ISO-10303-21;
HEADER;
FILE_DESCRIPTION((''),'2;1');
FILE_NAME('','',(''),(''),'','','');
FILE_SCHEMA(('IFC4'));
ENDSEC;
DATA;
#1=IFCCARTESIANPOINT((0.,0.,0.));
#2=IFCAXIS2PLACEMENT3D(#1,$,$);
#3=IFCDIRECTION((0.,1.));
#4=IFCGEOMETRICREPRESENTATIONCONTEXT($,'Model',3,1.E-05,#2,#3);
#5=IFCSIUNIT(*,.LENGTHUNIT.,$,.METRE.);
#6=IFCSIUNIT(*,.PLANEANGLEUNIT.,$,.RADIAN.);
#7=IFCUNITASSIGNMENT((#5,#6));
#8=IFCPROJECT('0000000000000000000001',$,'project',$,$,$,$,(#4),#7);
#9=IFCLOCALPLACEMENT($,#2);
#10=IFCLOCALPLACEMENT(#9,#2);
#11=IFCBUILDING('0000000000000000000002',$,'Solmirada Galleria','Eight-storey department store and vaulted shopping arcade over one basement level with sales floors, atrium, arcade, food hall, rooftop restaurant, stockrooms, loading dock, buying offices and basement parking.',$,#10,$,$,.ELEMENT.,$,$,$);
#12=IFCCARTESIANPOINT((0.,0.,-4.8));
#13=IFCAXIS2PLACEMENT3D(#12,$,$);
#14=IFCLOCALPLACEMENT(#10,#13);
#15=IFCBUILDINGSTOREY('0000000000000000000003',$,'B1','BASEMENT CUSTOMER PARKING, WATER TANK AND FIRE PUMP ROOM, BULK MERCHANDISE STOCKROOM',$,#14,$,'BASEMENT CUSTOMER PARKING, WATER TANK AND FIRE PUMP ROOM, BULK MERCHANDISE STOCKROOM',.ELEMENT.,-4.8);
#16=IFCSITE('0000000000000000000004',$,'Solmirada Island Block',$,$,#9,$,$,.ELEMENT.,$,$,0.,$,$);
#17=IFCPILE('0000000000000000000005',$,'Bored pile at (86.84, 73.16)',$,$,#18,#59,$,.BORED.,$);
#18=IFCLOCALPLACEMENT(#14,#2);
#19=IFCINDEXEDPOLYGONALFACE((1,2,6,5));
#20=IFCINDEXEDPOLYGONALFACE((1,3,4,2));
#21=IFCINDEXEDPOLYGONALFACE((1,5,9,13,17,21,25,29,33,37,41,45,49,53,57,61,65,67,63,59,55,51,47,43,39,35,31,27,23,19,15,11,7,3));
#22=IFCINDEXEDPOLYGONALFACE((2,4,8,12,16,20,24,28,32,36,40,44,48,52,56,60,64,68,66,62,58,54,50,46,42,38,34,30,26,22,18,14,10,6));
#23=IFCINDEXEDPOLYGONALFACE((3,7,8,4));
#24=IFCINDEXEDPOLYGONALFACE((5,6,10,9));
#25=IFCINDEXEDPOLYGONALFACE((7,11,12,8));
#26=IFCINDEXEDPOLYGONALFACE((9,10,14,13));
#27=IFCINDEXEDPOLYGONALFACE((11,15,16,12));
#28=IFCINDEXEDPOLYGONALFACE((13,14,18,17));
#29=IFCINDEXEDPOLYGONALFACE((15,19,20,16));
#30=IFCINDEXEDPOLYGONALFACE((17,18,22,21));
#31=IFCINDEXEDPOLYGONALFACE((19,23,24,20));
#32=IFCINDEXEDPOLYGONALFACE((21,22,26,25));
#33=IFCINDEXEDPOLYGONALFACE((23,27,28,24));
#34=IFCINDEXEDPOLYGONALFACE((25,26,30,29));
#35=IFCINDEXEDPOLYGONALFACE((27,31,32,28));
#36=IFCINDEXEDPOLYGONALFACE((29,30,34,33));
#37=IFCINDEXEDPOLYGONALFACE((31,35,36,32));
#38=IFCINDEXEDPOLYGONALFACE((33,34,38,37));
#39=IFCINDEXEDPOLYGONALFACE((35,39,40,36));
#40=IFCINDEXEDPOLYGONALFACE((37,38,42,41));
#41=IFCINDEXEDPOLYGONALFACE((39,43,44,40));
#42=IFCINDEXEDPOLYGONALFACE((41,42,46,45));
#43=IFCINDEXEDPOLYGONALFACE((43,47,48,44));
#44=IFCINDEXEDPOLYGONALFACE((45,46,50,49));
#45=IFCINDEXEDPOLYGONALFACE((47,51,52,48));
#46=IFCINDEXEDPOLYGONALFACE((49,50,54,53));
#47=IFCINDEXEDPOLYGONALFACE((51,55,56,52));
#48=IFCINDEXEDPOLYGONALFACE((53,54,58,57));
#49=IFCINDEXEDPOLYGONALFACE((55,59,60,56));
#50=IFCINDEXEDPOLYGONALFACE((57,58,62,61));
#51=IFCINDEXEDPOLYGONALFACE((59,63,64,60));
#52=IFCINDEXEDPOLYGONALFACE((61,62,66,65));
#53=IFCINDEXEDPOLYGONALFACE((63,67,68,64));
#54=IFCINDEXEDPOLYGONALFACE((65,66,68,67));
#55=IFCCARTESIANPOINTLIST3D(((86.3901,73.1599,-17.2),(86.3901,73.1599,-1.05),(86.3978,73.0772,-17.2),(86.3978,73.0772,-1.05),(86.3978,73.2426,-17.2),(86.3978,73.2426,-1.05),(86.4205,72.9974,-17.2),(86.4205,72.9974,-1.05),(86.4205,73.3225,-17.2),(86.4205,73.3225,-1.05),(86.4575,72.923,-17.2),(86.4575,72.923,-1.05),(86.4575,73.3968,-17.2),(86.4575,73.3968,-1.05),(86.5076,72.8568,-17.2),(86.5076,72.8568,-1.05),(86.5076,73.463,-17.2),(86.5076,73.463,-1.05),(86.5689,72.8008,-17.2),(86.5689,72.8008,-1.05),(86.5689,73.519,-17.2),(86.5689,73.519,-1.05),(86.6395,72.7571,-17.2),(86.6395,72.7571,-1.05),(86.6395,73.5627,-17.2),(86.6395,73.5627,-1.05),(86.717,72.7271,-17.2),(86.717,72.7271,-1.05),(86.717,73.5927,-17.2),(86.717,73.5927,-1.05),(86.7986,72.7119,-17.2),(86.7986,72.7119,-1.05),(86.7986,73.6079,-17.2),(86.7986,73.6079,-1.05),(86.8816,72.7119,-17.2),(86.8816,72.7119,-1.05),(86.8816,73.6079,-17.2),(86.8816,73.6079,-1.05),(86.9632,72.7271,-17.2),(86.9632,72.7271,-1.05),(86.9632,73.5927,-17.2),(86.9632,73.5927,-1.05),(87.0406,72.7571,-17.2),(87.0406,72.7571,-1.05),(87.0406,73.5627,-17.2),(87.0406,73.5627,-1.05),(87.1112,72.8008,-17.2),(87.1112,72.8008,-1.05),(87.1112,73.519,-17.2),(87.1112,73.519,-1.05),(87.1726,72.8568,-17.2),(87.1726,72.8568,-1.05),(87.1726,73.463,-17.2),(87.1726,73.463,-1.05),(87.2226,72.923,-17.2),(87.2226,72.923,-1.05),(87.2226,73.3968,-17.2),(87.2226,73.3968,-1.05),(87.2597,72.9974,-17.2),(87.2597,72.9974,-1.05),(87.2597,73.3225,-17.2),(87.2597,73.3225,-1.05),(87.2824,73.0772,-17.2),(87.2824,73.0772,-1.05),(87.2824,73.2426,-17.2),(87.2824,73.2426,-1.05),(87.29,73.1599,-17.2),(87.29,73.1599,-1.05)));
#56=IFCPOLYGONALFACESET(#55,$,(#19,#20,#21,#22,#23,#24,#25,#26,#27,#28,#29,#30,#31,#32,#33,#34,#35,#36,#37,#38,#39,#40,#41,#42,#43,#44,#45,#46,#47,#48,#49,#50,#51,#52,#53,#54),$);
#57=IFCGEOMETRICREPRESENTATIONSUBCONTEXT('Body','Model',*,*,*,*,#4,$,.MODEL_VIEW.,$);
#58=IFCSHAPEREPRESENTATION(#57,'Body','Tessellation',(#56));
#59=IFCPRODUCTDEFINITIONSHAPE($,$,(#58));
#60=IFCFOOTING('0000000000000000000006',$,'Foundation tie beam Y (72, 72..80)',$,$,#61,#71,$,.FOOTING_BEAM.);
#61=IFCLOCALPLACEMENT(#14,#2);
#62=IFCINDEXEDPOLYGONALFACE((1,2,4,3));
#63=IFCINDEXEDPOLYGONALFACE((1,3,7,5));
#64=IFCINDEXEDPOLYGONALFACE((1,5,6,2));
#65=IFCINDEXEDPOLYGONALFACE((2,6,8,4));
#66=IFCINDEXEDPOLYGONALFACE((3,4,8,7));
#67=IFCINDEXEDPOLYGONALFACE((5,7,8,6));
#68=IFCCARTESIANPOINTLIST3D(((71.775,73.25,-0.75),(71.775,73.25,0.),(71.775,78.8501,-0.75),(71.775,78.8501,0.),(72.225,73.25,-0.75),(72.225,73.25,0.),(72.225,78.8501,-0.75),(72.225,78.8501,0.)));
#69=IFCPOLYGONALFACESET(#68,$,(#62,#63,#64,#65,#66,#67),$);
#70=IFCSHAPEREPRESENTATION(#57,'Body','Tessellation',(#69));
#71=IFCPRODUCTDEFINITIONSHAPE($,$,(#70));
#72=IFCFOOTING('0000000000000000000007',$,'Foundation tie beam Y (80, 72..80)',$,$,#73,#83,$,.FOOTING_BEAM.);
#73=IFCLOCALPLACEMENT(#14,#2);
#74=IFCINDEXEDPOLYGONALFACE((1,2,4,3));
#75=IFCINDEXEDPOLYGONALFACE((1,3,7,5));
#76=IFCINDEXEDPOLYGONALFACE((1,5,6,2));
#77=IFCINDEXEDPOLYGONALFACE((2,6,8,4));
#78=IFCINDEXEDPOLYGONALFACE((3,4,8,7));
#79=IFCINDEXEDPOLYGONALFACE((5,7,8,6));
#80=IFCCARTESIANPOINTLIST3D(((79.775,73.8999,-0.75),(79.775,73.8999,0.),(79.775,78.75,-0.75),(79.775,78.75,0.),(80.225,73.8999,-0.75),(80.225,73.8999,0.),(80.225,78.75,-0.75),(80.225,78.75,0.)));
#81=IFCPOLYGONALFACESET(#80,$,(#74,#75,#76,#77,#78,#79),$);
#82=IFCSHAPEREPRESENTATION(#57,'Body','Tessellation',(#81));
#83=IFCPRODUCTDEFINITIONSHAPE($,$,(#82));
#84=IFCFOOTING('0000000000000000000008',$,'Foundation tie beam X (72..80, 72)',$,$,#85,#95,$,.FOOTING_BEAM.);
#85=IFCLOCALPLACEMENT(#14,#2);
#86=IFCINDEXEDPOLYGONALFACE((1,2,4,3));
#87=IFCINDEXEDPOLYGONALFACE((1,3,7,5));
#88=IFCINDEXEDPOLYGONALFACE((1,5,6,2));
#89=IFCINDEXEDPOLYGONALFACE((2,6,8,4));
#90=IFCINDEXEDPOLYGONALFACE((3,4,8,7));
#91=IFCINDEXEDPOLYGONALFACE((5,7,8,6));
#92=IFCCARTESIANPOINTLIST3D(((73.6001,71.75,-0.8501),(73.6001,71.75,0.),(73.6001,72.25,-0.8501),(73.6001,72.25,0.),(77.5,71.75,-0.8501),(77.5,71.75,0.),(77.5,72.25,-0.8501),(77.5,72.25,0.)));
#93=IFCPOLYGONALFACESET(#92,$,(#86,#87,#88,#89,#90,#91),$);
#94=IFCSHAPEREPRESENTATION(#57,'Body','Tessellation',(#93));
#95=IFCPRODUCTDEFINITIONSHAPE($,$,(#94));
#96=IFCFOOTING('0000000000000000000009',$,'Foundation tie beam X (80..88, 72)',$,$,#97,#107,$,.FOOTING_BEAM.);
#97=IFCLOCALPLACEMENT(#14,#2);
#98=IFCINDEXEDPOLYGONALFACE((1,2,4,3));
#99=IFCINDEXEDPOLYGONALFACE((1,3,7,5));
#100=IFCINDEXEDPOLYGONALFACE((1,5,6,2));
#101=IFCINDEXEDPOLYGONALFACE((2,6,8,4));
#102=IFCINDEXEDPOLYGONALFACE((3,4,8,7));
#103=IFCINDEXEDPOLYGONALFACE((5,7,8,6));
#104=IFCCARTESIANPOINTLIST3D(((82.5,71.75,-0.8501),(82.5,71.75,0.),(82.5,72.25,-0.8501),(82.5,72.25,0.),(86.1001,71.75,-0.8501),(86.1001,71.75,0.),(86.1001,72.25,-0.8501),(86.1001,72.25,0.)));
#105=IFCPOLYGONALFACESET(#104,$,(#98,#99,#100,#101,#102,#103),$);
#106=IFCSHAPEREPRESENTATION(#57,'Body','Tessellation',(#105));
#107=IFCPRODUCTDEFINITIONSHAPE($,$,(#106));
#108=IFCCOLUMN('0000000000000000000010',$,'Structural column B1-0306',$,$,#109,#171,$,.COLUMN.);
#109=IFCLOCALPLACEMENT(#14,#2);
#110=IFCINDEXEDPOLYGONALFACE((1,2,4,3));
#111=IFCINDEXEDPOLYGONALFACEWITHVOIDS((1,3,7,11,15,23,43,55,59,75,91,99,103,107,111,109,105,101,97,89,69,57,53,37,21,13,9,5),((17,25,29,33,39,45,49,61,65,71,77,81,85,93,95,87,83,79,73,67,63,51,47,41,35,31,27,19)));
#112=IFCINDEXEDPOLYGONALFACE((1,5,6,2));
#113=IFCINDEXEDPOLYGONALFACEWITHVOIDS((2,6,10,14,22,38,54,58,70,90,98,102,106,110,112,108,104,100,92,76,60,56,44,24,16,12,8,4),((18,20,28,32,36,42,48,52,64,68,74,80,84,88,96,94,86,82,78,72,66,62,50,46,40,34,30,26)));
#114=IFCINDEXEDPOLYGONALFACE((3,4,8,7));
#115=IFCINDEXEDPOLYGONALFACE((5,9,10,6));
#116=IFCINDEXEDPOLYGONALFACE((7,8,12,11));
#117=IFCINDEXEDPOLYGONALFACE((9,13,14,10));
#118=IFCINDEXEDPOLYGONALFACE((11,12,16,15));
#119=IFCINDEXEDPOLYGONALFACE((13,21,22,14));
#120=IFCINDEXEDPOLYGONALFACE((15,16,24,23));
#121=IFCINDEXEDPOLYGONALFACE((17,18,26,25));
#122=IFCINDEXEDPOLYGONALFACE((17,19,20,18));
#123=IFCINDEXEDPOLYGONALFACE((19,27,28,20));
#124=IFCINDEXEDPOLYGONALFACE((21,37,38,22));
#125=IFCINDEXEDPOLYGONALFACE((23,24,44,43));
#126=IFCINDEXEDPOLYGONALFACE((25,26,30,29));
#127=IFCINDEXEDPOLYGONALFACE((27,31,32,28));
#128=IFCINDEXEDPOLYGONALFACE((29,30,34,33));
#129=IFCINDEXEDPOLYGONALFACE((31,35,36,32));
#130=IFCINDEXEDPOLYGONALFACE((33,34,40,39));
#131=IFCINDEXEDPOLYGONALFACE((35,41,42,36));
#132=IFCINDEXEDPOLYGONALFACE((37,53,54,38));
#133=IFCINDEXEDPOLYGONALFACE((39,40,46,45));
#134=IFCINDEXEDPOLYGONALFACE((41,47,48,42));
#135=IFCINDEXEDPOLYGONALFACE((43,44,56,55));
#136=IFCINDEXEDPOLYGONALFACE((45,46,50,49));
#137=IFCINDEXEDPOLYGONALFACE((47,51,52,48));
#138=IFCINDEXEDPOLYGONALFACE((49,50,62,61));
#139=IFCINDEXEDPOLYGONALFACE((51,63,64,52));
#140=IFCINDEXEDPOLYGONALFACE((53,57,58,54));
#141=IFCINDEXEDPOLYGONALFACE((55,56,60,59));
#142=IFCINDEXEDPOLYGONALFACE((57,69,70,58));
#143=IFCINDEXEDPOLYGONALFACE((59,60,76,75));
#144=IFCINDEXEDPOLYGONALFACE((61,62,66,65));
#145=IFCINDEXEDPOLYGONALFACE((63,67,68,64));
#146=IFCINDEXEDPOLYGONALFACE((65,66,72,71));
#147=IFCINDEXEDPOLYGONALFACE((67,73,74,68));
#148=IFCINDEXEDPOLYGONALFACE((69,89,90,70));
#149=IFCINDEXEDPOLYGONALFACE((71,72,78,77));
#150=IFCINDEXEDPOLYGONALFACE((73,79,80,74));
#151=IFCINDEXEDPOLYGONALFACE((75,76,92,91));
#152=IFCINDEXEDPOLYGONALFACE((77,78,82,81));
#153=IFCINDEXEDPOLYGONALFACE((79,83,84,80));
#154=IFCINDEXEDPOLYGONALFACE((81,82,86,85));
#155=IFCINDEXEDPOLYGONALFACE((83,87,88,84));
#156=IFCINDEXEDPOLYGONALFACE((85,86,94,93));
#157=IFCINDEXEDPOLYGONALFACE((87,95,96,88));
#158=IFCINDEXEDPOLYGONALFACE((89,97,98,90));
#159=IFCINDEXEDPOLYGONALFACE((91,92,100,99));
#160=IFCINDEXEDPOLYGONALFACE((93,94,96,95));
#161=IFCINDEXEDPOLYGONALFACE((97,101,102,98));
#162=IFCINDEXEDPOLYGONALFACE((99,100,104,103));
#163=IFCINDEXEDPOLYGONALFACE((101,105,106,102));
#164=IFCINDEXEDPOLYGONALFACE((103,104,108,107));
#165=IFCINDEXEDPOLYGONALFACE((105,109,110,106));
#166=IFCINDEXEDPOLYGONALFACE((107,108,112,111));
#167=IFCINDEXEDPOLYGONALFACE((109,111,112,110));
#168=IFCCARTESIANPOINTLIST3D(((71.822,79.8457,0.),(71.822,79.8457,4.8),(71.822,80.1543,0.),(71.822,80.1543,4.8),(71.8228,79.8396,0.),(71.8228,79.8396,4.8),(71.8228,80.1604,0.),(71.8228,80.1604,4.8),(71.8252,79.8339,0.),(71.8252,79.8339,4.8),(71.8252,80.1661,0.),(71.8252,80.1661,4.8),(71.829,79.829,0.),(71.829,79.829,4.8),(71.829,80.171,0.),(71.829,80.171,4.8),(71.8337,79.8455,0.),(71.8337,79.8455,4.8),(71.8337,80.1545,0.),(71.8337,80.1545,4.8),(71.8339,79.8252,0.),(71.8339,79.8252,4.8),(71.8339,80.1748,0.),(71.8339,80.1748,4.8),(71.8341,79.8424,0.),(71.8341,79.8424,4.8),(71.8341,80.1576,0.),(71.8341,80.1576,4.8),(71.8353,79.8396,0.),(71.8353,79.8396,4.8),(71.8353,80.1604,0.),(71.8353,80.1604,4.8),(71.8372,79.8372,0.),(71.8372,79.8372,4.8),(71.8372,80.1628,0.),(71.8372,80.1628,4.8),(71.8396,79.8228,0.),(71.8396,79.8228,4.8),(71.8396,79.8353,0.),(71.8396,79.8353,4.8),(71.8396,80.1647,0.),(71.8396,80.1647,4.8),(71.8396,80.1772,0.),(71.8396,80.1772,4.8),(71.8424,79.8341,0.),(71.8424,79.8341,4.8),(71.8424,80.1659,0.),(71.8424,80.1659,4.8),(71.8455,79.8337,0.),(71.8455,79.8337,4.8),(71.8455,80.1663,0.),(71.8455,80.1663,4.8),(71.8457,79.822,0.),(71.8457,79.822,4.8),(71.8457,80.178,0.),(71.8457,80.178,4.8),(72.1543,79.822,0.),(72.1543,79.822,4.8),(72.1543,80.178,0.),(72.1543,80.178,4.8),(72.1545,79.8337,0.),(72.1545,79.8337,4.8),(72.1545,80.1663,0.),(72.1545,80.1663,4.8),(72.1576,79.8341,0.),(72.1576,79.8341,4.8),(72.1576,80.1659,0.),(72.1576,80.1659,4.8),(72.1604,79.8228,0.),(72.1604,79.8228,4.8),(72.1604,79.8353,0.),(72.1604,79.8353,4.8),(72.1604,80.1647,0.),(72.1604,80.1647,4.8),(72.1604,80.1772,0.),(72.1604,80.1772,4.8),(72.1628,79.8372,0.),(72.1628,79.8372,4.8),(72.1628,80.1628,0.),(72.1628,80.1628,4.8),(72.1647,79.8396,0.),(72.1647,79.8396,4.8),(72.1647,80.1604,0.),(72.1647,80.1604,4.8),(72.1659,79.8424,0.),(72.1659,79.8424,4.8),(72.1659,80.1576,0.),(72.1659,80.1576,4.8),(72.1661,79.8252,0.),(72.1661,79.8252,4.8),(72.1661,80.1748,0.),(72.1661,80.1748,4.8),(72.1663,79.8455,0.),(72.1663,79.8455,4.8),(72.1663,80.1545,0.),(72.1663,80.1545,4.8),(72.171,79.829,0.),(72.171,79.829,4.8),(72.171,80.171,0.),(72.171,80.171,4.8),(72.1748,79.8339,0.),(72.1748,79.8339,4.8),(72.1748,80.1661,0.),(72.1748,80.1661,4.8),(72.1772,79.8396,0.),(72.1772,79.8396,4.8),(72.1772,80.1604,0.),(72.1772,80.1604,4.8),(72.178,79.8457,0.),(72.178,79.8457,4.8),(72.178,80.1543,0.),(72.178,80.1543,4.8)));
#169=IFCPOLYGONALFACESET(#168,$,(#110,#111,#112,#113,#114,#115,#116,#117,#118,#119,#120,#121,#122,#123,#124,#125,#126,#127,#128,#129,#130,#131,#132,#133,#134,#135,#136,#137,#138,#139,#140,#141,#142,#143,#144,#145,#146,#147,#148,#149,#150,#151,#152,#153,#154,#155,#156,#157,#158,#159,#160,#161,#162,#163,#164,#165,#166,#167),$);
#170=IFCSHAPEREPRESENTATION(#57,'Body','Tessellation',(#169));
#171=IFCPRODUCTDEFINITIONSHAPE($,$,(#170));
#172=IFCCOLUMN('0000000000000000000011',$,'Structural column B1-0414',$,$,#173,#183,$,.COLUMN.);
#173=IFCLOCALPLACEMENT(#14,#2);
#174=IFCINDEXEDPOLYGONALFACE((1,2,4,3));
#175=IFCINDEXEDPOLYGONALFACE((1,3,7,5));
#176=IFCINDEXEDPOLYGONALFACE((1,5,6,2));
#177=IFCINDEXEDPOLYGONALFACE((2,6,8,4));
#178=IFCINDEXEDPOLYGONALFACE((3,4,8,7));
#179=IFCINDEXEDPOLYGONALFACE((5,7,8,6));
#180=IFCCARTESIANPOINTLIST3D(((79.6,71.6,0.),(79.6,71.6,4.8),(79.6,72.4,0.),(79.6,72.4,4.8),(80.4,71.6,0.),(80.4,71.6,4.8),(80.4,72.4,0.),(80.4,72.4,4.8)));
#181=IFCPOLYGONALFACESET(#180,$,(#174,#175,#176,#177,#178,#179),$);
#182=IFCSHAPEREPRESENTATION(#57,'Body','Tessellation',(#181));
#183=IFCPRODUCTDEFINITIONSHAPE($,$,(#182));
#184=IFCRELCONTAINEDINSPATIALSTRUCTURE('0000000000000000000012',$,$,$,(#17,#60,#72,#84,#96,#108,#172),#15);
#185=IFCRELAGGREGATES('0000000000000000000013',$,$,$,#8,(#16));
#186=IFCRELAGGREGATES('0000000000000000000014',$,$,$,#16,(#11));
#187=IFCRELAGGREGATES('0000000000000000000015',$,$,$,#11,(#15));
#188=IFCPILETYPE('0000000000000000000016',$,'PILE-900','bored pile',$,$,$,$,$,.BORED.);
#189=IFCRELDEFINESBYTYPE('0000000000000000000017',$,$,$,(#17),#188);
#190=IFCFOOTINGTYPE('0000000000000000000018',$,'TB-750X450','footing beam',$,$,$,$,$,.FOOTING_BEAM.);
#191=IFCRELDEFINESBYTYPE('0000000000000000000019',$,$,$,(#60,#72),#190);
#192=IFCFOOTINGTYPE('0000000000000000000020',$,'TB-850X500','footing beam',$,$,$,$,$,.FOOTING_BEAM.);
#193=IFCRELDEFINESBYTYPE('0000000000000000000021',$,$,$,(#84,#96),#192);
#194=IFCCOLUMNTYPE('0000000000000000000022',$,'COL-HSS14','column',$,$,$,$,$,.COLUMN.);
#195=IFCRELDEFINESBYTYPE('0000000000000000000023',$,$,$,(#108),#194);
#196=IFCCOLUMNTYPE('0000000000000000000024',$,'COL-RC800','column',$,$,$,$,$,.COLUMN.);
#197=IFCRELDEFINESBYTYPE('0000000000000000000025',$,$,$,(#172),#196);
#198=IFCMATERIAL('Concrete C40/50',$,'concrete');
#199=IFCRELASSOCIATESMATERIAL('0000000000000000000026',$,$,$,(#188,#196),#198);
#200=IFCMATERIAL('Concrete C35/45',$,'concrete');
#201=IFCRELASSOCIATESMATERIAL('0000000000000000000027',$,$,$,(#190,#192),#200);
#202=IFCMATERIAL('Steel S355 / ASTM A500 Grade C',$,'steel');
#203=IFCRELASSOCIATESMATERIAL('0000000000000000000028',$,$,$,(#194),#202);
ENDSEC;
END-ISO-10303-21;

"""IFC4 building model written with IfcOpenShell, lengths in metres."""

from ifc_helpers import new_model, si_unit, direction, frame, origin, origin_2d, place, context, subcontext, project, spatial, rectangle, hollow_rectangle, circle, extrude, material, material_profile, profile_set, type_object, element, save


model = new_model("IFC4")

# Units and contexts
model_context = context("Model", 3, precision=1e-05, world=origin(), true_north=direction((0.0, 1.0)))
body_context = subcontext(model_context, "Body", "Model", "MODEL_VIEW")
ifc_project = project(units=[si_unit("LENGTHUNIT", "METRE"), si_unit("PLANEANGLEUNIT", "RADIAN")], contexts=[model_context])

# Site, building, storey
site_placement = place(None, origin())
site = spatial("IfcSite", under=ifc_project, at=site_placement, Name="Solmirada Island Block", CompositionType="ELEMENT", RefElevation=0.0)
building_placement = place(site_placement, origin())
building = spatial("IfcBuilding", under=site, at=building_placement, Name="Solmirada Galleria", Description="Eight-storey department store and vaulted shopping arcade over one basement level with sales floors, atrium, arcade, food hall, rooftop restaurant, stockrooms, loading dock, buying offices and basement parking.", CompositionType="ELEMENT")
storey_placement = place(building_placement, frame((0.0, 0.0, -4.8)))
storey = spatial("IfcBuildingStorey", under=building, at=storey_placement, Name="B1", Description="BASEMENT CUSTOMER PARKING, WATER TANK AND FIRE PUMP ROOM, BULK MERCHANDISE STOCKROOM", LongName="BASEMENT CUSTOMER PARKING, WATER TANK AND FIRE PUMP ROOM, BULK MERCHANDISE STOCKROOM", CompositionType="ELEMENT", Elevation=-4.8)

# Shared definitions
ifc_material_1 = material(Name="Concrete C35/45", Category="concrete")

# Pile
ifc_material_2 = material(Name="Concrete C40/50", Category="concrete")
ifc_material_profile_1 = material_profile(ifc_material_2, circle(Radius=0.45, at=origin_2d()), Name="PILE900")
ifc_profile_set_1 = profile_set([ifc_material_profile_1], Name="Concrete C40/50")
pile_type = type_object("IfcPileType", Name="PILE-900", Description="bored pile", PredefinedType="BORED", material=ifc_profile_set_1)
pile_1_placement = place(storey_placement, frame((86.8401, 73.1599, -1.05), z_axis=(0.0, 0.0, -1.0), x_axis=(1.0, 0.0, 0.0)))
element("IfcPile", 1, at=pile_1_placement, inside=storey, type_object=pile_type, Name="Bored pile at (86.84, 73.16)", PredefinedType="BORED", context=body_context, shape_type="SweptSolid", body=[
    extrude(circle(Radius=0.45, at=origin_2d()), origin(), (0.0, 0.0, 1.0), 16.1499),
])

# Footings
ifc_material_profile_2 = material_profile(ifc_material_1, rectangle(XDim=0.45, YDim=0.75, at=origin_2d()), Name="RC750X450")
ifc_profile_set_2 = profile_set([ifc_material_profile_2], Name="Concrete C35/45")
footing_type_1 = type_object("IfcFootingType", Name="TB-750X450", Description="footing beam", PredefinedType="FOOTING_BEAM", material=ifc_profile_set_2)
footing_1_placement = place(storey_placement, frame((72.0, 73.25, -0.375), z_axis=(0.0, 1.0, 0.0), x_axis=(-1.0, 0.0, 0.0)))
element("IfcFooting", 2, at=footing_1_placement, inside=storey, type_object=footing_type_1, Name="Foundation tie beam Y (72, 72..80)", PredefinedType="FOOTING_BEAM", context=body_context, shape_type="SweptSolid", body=[
    extrude(rectangle(XDim=0.45, YDim=0.75, at=origin_2d()), origin(), (0.0, 0.0, 1.0), 5.6001),
])
footing_2_placement = place(storey_placement, frame((80.0, 73.8999, -0.375), z_axis=(0.0, 1.0, 0.0), x_axis=(-1.0, 0.0, 0.0)))
element("IfcFooting", 3, at=footing_2_placement, inside=storey, type_object=footing_type_1, Name="Foundation tie beam Y (80, 72..80)", PredefinedType="FOOTING_BEAM", context=body_context, shape_type="SweptSolid", body=[
    extrude(rectangle(XDim=0.45, YDim=0.75, at=origin_2d()), origin(), (0.0, 0.0, 1.0), 4.8501),
])
ifc_material_profile_3 = material_profile(ifc_material_1, rectangle(XDim=0.5, YDim=0.8501, at=origin_2d()), Name="RC850X500")
ifc_profile_set_3 = profile_set([ifc_material_profile_3], Name="Concrete C35/45")
footing_type_2 = type_object("IfcFootingType", Name="TB-850X500", Description="footing beam", PredefinedType="FOOTING_BEAM", material=ifc_profile_set_3)
footing_3_placement = place(storey_placement, frame((73.6001, 72.0, -0.425), z_axis=(1.0, 0.0, 0.0), x_axis=(0.0, 1.0, 0.0)))
element("IfcFooting", 4, at=footing_3_placement, inside=storey, type_object=footing_type_2, Name="Foundation tie beam X (72..80, 72)", PredefinedType="FOOTING_BEAM", context=body_context, shape_type="SweptSolid", body=[
    extrude(rectangle(XDim=0.5, YDim=0.8501, at=origin_2d()), origin(), (0.0, 0.0, 1.0), 3.8999),
])
footing_4_placement = place(storey_placement, frame((82.5, 72.0, -0.425), z_axis=(1.0, 0.0, 0.0), x_axis=(0.0, 1.0, 0.0)))
element("IfcFooting", 5, at=footing_4_placement, inside=storey, type_object=footing_type_2, Name="Foundation tie beam X (80..88, 72)", PredefinedType="FOOTING_BEAM", context=body_context, shape_type="SweptSolid", body=[
    extrude(rectangle(XDim=0.5, YDim=0.8501, at=origin_2d()), origin(), (0.0, 0.0, 1.0), 3.6001),
])

# Columns
ifc_material_3 = material(Name="Steel S355 / ASTM A500 Grade C", Category="steel")
ifc_material_profile_4 = material_profile(ifc_material_3, hollow_rectangle(XDim=0.356, YDim=0.356, WallThickness=0.0117, InnerFilletRadius=0.0117, OuterFilletRadius=0.0237, at=origin_2d()), Name="HSS14X14X1/2")
ifc_profile_set_4 = profile_set([ifc_material_profile_4], Name="Steel S355 / ASTM A500 Grade C")
column_type_1 = type_object("IfcColumnType", Name="COL-HSS14", Description="column", PredefinedType="COLUMN", material=ifc_profile_set_4)
column_1_placement = place(storey_placement, frame((72.0, 80.0, 0.0), z_axis=(0.0, 0.0, 1.0), x_axis=(1.0, 0.0, 0.0)))
element("IfcColumn", 6, at=column_1_placement, inside=storey, type_object=column_type_1, Name="Structural column B1-0306", PredefinedType="COLUMN", context=body_context, shape_type="SweptSolid", body=[
    extrude(hollow_rectangle(XDim=0.356, YDim=0.356, WallThickness=0.0117, InnerFilletRadius=0.0117, OuterFilletRadius=0.0237, at=origin_2d()), origin(), (0.0, 0.0, 1.0), 4.8),
])
ifc_material_profile_5 = material_profile(ifc_material_2, rectangle(XDim=0.8, YDim=0.8, at=origin_2d()), Name="RC800X800")
ifc_profile_set_5 = profile_set([ifc_material_profile_5], Name="Concrete C40/50")
column_type_2 = type_object("IfcColumnType", Name="COL-RC800", Description="column", PredefinedType="COLUMN", material=ifc_profile_set_5)
column_2_placement = place(storey_placement, frame((80.0, 72.0, 0.0), z_axis=(0.0, 0.0, 1.0), x_axis=(1.0, 0.0, 0.0)))
element("IfcColumn", 7, at=column_2_placement, inside=storey, type_object=column_type_2, Name="Structural column B1-0414", PredefinedType="COLUMN", context=body_context, shape_type="SweptSolid", body=[
    extrude(rectangle(XDim=0.8, YDim=0.8, at=origin_2d()), origin(), (0.0, 0.0, 1.0), 4.8),
])

save(model, "model.ifc")
